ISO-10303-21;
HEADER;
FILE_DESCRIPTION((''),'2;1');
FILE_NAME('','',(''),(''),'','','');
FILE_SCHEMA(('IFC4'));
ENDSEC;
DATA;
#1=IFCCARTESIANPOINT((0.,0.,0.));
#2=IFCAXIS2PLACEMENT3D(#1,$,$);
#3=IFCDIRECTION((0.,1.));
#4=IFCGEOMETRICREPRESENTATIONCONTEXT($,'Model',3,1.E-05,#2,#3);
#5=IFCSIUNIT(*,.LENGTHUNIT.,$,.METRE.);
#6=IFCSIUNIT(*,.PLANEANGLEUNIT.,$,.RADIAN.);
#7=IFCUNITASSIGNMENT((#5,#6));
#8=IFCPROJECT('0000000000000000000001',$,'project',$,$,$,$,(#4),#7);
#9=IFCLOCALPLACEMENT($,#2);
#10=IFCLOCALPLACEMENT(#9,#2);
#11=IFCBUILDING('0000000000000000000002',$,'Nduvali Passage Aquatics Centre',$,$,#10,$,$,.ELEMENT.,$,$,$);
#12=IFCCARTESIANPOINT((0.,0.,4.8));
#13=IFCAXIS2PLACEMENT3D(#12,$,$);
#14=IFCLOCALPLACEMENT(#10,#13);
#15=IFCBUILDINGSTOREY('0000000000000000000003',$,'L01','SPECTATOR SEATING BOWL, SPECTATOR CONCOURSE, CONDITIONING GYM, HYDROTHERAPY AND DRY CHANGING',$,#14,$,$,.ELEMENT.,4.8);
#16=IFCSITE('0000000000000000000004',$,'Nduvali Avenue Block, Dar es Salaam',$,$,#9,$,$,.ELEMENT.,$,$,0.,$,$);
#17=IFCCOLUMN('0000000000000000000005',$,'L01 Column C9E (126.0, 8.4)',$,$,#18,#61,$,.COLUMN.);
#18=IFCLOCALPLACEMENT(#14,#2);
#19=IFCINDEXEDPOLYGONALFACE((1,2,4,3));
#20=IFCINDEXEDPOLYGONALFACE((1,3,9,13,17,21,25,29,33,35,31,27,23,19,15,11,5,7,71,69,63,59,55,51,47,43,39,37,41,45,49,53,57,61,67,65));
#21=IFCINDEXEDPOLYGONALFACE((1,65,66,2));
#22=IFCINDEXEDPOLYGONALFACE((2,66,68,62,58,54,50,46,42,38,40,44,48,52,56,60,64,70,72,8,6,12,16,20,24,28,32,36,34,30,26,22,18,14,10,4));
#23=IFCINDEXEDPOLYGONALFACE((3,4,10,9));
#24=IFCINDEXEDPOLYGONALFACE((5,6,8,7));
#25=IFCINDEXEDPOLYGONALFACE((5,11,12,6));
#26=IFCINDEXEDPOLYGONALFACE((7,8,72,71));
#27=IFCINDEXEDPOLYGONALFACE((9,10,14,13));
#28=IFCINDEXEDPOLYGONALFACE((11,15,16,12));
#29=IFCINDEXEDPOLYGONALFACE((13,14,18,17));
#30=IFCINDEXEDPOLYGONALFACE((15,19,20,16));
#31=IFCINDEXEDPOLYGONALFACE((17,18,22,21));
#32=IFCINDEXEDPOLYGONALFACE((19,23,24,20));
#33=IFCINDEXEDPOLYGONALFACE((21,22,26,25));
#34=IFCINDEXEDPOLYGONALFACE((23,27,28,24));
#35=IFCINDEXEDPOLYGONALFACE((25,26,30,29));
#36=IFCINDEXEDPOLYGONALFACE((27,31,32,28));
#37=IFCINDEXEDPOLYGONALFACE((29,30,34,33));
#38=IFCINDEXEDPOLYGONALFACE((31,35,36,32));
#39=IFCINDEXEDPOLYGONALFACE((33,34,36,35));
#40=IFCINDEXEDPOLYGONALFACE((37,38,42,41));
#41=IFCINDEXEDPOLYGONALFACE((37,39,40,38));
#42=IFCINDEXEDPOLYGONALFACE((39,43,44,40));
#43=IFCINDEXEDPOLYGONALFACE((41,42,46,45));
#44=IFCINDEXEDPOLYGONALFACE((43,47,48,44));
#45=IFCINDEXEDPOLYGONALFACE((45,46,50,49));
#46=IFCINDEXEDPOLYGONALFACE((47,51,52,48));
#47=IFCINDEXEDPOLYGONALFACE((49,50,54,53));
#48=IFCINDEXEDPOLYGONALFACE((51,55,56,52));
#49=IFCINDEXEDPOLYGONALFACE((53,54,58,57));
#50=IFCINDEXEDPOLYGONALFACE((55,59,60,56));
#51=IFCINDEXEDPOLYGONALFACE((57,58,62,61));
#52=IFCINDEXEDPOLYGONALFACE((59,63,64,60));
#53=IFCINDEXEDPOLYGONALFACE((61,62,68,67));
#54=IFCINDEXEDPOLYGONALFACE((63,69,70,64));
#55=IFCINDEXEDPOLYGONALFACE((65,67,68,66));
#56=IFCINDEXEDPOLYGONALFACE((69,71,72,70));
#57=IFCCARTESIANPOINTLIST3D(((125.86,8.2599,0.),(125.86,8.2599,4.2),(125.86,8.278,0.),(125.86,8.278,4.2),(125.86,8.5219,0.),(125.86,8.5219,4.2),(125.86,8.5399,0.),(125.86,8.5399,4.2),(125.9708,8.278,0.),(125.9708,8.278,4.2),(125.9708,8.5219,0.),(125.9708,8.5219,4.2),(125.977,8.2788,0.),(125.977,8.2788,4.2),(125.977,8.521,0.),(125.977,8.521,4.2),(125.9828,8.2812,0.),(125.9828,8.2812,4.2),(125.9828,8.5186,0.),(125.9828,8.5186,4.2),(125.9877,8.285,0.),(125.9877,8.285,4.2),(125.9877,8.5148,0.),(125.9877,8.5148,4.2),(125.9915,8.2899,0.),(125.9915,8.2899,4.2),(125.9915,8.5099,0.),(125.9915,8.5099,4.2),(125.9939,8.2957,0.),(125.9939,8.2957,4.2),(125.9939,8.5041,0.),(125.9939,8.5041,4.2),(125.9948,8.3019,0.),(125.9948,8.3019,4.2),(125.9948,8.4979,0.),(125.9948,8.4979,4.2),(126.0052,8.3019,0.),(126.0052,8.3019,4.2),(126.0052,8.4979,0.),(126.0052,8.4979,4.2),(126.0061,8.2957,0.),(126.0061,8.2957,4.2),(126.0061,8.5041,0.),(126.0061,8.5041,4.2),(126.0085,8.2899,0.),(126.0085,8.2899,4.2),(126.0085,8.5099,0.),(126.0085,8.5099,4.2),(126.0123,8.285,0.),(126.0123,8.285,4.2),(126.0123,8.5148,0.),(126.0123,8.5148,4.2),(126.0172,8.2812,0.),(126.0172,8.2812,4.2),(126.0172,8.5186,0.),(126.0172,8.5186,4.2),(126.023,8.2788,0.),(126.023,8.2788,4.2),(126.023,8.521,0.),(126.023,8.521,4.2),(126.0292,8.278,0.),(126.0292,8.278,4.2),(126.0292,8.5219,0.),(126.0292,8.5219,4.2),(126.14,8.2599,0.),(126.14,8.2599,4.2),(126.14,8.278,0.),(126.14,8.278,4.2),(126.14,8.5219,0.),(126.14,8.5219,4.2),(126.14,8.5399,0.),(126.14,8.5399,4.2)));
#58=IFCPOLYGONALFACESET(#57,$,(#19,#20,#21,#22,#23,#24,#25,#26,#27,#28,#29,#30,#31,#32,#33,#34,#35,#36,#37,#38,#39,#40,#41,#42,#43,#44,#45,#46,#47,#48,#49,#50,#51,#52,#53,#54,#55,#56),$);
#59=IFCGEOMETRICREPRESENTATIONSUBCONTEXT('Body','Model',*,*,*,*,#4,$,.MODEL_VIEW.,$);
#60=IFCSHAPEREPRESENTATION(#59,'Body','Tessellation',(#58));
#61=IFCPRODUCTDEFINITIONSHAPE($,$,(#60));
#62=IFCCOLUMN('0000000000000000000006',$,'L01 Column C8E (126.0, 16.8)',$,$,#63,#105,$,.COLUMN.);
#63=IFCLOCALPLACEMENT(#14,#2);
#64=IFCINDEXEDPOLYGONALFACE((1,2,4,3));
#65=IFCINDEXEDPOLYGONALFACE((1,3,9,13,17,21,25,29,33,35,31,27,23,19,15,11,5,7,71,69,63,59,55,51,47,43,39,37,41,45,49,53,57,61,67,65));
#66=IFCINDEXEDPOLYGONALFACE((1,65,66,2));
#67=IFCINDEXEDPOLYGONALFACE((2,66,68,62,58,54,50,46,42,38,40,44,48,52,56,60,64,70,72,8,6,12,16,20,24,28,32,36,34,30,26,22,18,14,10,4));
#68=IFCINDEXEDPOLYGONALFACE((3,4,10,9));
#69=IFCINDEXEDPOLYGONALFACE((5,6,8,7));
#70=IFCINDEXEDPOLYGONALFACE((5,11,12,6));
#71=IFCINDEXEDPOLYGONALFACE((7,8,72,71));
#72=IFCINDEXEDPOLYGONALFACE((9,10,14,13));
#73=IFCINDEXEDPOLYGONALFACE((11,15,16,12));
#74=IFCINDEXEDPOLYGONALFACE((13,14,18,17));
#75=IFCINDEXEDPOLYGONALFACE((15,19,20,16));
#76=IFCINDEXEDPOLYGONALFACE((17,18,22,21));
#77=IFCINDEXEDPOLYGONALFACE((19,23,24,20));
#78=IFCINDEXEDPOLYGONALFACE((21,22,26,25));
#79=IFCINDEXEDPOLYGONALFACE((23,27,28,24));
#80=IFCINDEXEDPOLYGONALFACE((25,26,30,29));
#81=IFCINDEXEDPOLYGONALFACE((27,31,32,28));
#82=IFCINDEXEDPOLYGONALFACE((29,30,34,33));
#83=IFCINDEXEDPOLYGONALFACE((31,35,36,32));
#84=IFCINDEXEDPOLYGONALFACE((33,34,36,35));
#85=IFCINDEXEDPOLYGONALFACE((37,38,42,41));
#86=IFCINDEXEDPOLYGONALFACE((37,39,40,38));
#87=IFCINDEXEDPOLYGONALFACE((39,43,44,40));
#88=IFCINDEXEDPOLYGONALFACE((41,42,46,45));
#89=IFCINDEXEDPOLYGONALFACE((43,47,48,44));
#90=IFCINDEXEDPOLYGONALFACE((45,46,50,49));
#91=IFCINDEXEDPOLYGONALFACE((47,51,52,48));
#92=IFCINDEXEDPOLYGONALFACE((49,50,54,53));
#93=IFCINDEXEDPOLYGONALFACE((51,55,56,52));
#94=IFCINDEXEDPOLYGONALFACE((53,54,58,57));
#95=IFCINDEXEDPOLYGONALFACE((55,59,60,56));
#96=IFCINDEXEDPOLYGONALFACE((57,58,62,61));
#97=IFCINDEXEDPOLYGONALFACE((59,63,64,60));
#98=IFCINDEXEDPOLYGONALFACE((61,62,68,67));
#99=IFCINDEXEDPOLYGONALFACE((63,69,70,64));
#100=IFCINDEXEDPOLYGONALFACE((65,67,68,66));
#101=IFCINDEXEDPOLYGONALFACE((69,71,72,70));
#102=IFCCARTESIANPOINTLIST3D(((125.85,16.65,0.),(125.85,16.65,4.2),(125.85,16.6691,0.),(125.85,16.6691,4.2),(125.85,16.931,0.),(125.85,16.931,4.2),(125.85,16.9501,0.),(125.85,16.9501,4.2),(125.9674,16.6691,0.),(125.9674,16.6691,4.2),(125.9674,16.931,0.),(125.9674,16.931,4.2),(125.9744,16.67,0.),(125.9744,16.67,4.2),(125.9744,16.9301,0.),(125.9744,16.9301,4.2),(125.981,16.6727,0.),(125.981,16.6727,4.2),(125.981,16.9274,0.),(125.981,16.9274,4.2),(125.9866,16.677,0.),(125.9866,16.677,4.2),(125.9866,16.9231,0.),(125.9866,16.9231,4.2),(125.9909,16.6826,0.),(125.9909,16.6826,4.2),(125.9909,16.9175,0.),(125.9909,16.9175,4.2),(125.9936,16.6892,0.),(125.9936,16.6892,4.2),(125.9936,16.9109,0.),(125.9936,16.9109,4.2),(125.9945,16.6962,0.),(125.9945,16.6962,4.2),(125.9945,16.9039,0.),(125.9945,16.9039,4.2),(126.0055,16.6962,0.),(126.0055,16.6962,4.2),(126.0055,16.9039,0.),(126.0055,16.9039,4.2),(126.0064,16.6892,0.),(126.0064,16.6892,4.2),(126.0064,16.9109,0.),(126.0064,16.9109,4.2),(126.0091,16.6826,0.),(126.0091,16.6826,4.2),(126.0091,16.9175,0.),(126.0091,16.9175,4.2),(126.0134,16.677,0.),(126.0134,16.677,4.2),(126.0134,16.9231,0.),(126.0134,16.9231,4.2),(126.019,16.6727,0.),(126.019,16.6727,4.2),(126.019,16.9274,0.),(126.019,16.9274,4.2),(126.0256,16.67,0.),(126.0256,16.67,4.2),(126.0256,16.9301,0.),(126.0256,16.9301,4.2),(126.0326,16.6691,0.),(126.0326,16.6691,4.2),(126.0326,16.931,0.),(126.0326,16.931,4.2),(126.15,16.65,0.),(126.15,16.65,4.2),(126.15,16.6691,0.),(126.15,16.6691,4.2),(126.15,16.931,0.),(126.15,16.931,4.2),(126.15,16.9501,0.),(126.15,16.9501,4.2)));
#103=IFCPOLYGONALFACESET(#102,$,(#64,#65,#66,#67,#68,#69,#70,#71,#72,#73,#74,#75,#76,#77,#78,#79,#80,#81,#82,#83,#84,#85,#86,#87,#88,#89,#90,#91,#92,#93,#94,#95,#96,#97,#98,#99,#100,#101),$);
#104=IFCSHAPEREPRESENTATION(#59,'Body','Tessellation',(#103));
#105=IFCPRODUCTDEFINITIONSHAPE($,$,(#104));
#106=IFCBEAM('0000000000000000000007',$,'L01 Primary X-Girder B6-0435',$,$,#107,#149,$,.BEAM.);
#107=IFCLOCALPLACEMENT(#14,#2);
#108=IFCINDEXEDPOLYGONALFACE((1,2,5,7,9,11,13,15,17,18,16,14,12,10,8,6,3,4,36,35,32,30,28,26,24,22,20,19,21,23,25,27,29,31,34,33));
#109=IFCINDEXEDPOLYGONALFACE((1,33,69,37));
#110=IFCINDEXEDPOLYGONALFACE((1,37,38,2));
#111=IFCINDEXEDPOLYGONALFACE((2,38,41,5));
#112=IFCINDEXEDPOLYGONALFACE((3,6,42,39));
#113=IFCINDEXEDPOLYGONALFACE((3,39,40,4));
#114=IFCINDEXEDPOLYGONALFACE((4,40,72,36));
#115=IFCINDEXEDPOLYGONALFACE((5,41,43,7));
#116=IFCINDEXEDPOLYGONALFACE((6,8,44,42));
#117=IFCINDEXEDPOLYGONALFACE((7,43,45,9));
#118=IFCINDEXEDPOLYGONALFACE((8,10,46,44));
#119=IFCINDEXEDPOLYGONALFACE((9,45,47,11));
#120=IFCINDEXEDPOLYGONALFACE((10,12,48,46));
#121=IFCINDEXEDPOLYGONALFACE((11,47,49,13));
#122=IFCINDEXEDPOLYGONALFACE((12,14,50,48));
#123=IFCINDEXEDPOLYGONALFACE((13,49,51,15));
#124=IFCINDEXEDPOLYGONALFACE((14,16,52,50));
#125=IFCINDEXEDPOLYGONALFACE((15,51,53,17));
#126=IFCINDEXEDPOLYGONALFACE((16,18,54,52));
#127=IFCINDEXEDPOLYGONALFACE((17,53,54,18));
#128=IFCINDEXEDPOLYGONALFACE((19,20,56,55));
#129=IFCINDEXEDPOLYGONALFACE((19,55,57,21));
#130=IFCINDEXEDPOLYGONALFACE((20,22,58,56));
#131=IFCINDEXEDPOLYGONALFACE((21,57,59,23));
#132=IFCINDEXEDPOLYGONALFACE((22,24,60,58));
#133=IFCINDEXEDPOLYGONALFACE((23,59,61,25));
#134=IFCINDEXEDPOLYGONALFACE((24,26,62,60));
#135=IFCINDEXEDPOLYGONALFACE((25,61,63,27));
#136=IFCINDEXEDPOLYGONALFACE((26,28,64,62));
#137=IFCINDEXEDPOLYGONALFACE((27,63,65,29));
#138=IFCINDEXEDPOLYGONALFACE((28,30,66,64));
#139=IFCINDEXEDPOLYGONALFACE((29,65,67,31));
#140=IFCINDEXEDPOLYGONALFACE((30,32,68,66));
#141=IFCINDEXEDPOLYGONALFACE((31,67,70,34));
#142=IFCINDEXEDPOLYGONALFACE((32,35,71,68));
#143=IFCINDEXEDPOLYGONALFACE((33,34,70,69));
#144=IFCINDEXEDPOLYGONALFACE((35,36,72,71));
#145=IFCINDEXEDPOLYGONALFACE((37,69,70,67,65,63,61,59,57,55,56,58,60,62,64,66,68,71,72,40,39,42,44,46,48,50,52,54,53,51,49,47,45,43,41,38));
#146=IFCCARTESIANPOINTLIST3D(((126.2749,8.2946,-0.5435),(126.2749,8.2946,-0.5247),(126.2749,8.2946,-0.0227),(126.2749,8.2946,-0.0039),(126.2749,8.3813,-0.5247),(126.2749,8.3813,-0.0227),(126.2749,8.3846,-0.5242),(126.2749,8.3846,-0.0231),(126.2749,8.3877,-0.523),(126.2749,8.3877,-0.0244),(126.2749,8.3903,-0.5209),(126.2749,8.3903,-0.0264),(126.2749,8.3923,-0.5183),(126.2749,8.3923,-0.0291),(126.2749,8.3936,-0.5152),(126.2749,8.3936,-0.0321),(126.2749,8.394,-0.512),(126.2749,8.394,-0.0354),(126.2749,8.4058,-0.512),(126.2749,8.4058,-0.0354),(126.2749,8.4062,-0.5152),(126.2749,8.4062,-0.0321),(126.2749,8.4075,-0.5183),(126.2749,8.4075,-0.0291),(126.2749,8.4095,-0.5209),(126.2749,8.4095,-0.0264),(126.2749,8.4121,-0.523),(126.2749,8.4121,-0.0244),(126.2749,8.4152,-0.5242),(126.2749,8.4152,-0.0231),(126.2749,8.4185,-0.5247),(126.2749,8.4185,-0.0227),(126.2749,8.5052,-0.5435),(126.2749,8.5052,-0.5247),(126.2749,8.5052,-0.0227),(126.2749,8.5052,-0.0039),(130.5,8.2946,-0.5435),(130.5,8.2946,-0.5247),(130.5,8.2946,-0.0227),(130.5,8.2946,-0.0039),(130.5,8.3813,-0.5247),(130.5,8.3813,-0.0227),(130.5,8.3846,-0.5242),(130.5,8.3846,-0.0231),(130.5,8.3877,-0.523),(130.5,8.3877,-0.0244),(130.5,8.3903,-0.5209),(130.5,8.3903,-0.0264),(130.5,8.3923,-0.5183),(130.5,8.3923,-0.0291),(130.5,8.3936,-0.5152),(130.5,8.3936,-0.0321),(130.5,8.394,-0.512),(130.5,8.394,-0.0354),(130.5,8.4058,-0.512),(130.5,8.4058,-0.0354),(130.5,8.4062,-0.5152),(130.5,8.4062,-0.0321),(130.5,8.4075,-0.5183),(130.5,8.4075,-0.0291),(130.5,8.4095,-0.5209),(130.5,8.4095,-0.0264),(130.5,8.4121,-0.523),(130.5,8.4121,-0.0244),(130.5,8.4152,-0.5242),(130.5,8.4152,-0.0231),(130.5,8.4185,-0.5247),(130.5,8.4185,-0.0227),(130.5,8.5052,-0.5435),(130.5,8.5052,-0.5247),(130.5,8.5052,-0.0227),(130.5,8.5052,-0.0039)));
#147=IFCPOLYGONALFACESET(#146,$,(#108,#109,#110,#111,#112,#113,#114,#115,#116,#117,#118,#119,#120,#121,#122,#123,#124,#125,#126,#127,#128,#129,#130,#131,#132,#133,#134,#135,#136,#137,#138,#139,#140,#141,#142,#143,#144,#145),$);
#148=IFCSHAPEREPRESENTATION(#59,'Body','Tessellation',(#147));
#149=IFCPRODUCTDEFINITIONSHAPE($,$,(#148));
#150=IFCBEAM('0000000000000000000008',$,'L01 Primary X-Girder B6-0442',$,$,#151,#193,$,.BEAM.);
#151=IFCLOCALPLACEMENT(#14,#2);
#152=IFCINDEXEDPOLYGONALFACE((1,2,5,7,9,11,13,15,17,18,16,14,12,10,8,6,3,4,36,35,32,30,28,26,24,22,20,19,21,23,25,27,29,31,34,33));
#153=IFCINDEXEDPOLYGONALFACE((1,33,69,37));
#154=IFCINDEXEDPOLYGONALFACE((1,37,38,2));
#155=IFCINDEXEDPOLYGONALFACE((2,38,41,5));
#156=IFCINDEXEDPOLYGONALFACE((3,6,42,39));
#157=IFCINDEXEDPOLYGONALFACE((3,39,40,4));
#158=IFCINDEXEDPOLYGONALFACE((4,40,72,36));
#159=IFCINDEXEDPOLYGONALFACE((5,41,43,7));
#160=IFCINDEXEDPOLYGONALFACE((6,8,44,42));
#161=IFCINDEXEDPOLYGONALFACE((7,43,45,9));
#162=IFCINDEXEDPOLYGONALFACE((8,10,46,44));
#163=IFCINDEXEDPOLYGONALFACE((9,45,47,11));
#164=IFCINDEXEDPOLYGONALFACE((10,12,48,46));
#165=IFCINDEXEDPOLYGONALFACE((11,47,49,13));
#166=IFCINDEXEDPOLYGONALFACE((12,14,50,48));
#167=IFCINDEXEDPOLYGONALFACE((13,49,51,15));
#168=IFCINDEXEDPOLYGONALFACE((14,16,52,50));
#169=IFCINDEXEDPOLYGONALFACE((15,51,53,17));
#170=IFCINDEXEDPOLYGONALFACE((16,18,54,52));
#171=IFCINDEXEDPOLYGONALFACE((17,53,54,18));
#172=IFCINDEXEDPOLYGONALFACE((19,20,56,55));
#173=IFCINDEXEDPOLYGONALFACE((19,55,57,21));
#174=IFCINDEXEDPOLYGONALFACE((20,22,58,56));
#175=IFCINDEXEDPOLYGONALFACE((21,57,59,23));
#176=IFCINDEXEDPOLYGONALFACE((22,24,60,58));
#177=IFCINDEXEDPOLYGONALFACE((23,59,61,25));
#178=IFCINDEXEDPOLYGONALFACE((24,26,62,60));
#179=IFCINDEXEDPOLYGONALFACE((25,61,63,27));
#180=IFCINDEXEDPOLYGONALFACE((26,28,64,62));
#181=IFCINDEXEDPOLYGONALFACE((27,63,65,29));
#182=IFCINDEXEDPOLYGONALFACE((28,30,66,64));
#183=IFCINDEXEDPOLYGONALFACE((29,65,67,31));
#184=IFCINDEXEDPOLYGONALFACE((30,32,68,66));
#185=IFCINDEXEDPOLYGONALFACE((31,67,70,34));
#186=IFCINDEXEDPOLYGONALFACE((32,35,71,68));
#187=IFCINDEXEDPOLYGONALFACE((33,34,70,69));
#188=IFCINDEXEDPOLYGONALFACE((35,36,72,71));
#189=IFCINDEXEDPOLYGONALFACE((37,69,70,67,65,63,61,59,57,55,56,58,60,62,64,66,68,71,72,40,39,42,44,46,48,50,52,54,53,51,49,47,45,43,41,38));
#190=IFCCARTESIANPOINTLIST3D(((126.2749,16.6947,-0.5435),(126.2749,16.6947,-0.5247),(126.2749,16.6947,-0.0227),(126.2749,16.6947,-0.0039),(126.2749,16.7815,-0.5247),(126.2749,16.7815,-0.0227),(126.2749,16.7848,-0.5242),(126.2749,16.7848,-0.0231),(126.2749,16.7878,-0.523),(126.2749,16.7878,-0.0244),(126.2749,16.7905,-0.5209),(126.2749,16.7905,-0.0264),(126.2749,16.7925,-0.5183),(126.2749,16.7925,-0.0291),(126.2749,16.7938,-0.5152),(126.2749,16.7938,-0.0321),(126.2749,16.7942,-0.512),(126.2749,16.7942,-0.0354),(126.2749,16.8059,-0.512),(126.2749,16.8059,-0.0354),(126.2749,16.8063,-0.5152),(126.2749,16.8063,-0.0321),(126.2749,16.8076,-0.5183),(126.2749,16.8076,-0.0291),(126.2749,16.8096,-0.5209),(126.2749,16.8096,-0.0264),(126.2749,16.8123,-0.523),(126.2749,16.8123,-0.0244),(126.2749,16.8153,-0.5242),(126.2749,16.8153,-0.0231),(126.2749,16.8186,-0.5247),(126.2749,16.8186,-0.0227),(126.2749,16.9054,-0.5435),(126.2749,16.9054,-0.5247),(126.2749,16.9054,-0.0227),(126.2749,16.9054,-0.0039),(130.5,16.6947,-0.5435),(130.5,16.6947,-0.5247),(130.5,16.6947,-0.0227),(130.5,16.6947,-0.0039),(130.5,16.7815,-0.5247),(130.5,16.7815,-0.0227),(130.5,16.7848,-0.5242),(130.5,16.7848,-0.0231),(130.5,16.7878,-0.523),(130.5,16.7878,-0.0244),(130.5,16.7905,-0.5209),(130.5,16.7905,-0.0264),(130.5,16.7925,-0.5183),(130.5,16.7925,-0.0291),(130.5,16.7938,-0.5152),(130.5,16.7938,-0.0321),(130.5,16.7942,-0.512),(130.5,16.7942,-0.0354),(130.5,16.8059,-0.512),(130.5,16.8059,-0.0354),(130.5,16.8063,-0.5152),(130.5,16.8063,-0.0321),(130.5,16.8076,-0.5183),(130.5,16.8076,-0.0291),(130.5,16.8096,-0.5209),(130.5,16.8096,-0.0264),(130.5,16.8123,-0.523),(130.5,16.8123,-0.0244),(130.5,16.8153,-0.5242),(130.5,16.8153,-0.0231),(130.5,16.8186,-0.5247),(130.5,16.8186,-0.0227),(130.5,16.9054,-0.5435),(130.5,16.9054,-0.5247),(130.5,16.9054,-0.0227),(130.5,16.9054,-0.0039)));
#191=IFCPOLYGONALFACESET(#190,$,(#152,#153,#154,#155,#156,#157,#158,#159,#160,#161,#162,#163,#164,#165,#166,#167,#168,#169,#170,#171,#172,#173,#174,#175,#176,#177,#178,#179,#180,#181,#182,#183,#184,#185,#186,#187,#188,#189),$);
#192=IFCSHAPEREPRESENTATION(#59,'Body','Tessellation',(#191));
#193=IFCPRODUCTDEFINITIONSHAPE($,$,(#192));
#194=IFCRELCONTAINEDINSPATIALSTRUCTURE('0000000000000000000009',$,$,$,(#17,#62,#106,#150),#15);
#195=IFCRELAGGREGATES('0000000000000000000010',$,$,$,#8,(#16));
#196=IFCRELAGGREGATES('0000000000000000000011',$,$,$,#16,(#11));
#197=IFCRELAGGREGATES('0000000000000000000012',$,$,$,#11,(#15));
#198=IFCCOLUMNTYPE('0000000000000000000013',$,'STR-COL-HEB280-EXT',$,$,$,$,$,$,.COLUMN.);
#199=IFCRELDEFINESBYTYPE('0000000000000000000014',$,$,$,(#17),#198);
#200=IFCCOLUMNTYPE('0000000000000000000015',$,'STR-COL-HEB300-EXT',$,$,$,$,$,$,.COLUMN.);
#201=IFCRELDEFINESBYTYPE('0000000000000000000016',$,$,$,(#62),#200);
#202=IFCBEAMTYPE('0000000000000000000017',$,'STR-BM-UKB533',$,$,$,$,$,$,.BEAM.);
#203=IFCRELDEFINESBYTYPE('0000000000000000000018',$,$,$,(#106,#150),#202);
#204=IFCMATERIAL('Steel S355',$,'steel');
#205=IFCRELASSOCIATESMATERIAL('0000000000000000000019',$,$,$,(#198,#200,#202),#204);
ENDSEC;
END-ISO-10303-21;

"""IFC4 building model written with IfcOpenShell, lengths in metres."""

from ifc_helpers import new_model, si_unit, direction, frame, origin, origin_2d, place, context, subcontext, project, spatial, i_section, extrude, material, material_profile, profile_set, type_object, element, save


model = new_model("IFC4")

# Units and contexts
model_context = context("Model", 3, precision=1e-05, world=origin(), true_north=direction((0.0, 1.0)))
body_context = subcontext(model_context, "Body", "Model", "MODEL_VIEW")
ifc_project = project(units=[si_unit("LENGTHUNIT", "METRE"), si_unit("PLANEANGLEUNIT", "RADIAN")], contexts=[model_context])

# Site, building, storey
site_placement = place(None, origin())
site = spatial("IfcSite", under=ifc_project, at=site_placement, Name="Nduvali Avenue Block, Dar es Salaam", CompositionType="ELEMENT", RefElevation=0.0)
building_placement = place(site_placement, origin())
building = spatial("IfcBuilding", under=site, at=building_placement, Name="Nduvali Passage Aquatics Centre", CompositionType="ELEMENT")
storey_placement = place(building_placement, frame((0.0, 0.0, 4.8)))
storey = spatial("IfcBuildingStorey", under=building, at=storey_placement, Name="L01", Description="SPECTATOR SEATING BOWL, SPECTATOR CONCOURSE, CONDITIONING GYM, HYDROTHERAPY AND DRY CHANGING", CompositionType="ELEMENT", Elevation=4.8)

# Columns
ifc_material_1 = material(Name="Steel S355", Category="steel")
ifc_material_profile_1 = material_profile(ifc_material_1, i_section(OverallWidth=0.28, OverallDepth=0.28, WebThickness=0.0105, FlangeThickness=0.0181, FilletRadius=0.0239, at=origin_2d()), Name="HEB 280")
ifc_profile_set_1 = profile_set([ifc_material_profile_1], Name="Steel S355")
column_type_1 = type_object("IfcColumnType", Name="STR-COL-HEB280-EXT", PredefinedType="COLUMN", material=ifc_profile_set_1)
column_1_placement = place(storey_placement, frame((126.0, 8.3999, 0.0), z_axis=(0.0, 0.0, 1.0), x_axis=(1.0, 0.0, 0.0)))
element("IfcColumn", 1, at=column_1_placement, inside=storey, type_object=column_type_1, Name="L01 Column C9E (126.0, 8.4)", PredefinedType="COLUMN", context=body_context, shape_type="SweptSolid", body=[
    extrude(i_section(OverallWidth=0.28, OverallDepth=0.28, WebThickness=0.0105, FlangeThickness=0.0181, FilletRadius=0.0239, at=origin_2d()), origin(), (0.0, 0.0, 1.0), 4.2),
])
ifc_material_profile_2 = material_profile(ifc_material_1, i_section(OverallWidth=0.3, OverallDepth=0.3, WebThickness=0.011, FlangeThickness=0.019, FilletRadius=0.0271, at=origin_2d()), Name="HEB 300")
ifc_profile_set_2 = profile_set([ifc_material_profile_2], Name="Steel S355")
column_type_2 = type_object("IfcColumnType", Name="STR-COL-HEB300-EXT", PredefinedType="COLUMN", material=ifc_profile_set_2)
column_2_placement = place(storey_placement, frame((126.0, 16.8, 0.0), z_axis=(0.0, 0.0, 1.0), x_axis=(1.0, 0.0, 0.0)))
element("IfcColumn", 2, at=column_2_placement, inside=storey, type_object=column_type_2, Name="L01 Column C8E (126.0, 16.8)", PredefinedType="COLUMN", context=body_context, shape_type="SweptSolid", body=[
    extrude(i_section(OverallWidth=0.3, OverallDepth=0.3, WebThickness=0.011, FlangeThickness=0.019, FilletRadius=0.0271, at=origin_2d()), origin(), (0.0, 0.0, 1.0), 4.2),
])

# Beams
ifc_material_profile_3 = material_profile(ifc_material_1, i_section(OverallWidth=0.2107, OverallDepth=0.5396, WebThickness=0.0117, FlangeThickness=0.0188, FilletRadius=0.0127, at=origin_2d()), Name="UKB 533x210x109")
ifc_profile_set_3 = profile_set([ifc_material_profile_3], Name="Steel S355")
beam_type_1 = type_object("IfcBeamType", Name="STR-BM-UKB533", PredefinedType="BEAM", material=ifc_profile_set_3)
for number, where, z_axis, x_axis, name in (
    (3, (126.2749, 8.3999, -0.2737), (1.0, 0.0, 0.0), (0.0, 1.0, 0.0), "L01 Primary X-Girder B6-0435"),
    (4, (126.2749, 16.8, -0.2737), (1.0, 0.0, 0.0), (0.0, 1.0, 0.0), "L01 Primary X-Girder B6-0442"),
):
    element("IfcBeam", number, at=place(storey_placement, frame(where, z_axis=z_axis, x_axis=x_axis)), inside=storey, type_object=beam_type_1, Name=name, PredefinedType="BEAM", context=body_context, shape_type="SweptSolid", body=[
        extrude(i_section(OverallWidth=0.2107, OverallDepth=0.5396, WebThickness=0.0117, FlangeThickness=0.0188, FilletRadius=0.0127, at=origin_2d()), origin(), (0.0, 0.0, 1.0), 4.2251),
    ])

save(model, "model.ifc")
